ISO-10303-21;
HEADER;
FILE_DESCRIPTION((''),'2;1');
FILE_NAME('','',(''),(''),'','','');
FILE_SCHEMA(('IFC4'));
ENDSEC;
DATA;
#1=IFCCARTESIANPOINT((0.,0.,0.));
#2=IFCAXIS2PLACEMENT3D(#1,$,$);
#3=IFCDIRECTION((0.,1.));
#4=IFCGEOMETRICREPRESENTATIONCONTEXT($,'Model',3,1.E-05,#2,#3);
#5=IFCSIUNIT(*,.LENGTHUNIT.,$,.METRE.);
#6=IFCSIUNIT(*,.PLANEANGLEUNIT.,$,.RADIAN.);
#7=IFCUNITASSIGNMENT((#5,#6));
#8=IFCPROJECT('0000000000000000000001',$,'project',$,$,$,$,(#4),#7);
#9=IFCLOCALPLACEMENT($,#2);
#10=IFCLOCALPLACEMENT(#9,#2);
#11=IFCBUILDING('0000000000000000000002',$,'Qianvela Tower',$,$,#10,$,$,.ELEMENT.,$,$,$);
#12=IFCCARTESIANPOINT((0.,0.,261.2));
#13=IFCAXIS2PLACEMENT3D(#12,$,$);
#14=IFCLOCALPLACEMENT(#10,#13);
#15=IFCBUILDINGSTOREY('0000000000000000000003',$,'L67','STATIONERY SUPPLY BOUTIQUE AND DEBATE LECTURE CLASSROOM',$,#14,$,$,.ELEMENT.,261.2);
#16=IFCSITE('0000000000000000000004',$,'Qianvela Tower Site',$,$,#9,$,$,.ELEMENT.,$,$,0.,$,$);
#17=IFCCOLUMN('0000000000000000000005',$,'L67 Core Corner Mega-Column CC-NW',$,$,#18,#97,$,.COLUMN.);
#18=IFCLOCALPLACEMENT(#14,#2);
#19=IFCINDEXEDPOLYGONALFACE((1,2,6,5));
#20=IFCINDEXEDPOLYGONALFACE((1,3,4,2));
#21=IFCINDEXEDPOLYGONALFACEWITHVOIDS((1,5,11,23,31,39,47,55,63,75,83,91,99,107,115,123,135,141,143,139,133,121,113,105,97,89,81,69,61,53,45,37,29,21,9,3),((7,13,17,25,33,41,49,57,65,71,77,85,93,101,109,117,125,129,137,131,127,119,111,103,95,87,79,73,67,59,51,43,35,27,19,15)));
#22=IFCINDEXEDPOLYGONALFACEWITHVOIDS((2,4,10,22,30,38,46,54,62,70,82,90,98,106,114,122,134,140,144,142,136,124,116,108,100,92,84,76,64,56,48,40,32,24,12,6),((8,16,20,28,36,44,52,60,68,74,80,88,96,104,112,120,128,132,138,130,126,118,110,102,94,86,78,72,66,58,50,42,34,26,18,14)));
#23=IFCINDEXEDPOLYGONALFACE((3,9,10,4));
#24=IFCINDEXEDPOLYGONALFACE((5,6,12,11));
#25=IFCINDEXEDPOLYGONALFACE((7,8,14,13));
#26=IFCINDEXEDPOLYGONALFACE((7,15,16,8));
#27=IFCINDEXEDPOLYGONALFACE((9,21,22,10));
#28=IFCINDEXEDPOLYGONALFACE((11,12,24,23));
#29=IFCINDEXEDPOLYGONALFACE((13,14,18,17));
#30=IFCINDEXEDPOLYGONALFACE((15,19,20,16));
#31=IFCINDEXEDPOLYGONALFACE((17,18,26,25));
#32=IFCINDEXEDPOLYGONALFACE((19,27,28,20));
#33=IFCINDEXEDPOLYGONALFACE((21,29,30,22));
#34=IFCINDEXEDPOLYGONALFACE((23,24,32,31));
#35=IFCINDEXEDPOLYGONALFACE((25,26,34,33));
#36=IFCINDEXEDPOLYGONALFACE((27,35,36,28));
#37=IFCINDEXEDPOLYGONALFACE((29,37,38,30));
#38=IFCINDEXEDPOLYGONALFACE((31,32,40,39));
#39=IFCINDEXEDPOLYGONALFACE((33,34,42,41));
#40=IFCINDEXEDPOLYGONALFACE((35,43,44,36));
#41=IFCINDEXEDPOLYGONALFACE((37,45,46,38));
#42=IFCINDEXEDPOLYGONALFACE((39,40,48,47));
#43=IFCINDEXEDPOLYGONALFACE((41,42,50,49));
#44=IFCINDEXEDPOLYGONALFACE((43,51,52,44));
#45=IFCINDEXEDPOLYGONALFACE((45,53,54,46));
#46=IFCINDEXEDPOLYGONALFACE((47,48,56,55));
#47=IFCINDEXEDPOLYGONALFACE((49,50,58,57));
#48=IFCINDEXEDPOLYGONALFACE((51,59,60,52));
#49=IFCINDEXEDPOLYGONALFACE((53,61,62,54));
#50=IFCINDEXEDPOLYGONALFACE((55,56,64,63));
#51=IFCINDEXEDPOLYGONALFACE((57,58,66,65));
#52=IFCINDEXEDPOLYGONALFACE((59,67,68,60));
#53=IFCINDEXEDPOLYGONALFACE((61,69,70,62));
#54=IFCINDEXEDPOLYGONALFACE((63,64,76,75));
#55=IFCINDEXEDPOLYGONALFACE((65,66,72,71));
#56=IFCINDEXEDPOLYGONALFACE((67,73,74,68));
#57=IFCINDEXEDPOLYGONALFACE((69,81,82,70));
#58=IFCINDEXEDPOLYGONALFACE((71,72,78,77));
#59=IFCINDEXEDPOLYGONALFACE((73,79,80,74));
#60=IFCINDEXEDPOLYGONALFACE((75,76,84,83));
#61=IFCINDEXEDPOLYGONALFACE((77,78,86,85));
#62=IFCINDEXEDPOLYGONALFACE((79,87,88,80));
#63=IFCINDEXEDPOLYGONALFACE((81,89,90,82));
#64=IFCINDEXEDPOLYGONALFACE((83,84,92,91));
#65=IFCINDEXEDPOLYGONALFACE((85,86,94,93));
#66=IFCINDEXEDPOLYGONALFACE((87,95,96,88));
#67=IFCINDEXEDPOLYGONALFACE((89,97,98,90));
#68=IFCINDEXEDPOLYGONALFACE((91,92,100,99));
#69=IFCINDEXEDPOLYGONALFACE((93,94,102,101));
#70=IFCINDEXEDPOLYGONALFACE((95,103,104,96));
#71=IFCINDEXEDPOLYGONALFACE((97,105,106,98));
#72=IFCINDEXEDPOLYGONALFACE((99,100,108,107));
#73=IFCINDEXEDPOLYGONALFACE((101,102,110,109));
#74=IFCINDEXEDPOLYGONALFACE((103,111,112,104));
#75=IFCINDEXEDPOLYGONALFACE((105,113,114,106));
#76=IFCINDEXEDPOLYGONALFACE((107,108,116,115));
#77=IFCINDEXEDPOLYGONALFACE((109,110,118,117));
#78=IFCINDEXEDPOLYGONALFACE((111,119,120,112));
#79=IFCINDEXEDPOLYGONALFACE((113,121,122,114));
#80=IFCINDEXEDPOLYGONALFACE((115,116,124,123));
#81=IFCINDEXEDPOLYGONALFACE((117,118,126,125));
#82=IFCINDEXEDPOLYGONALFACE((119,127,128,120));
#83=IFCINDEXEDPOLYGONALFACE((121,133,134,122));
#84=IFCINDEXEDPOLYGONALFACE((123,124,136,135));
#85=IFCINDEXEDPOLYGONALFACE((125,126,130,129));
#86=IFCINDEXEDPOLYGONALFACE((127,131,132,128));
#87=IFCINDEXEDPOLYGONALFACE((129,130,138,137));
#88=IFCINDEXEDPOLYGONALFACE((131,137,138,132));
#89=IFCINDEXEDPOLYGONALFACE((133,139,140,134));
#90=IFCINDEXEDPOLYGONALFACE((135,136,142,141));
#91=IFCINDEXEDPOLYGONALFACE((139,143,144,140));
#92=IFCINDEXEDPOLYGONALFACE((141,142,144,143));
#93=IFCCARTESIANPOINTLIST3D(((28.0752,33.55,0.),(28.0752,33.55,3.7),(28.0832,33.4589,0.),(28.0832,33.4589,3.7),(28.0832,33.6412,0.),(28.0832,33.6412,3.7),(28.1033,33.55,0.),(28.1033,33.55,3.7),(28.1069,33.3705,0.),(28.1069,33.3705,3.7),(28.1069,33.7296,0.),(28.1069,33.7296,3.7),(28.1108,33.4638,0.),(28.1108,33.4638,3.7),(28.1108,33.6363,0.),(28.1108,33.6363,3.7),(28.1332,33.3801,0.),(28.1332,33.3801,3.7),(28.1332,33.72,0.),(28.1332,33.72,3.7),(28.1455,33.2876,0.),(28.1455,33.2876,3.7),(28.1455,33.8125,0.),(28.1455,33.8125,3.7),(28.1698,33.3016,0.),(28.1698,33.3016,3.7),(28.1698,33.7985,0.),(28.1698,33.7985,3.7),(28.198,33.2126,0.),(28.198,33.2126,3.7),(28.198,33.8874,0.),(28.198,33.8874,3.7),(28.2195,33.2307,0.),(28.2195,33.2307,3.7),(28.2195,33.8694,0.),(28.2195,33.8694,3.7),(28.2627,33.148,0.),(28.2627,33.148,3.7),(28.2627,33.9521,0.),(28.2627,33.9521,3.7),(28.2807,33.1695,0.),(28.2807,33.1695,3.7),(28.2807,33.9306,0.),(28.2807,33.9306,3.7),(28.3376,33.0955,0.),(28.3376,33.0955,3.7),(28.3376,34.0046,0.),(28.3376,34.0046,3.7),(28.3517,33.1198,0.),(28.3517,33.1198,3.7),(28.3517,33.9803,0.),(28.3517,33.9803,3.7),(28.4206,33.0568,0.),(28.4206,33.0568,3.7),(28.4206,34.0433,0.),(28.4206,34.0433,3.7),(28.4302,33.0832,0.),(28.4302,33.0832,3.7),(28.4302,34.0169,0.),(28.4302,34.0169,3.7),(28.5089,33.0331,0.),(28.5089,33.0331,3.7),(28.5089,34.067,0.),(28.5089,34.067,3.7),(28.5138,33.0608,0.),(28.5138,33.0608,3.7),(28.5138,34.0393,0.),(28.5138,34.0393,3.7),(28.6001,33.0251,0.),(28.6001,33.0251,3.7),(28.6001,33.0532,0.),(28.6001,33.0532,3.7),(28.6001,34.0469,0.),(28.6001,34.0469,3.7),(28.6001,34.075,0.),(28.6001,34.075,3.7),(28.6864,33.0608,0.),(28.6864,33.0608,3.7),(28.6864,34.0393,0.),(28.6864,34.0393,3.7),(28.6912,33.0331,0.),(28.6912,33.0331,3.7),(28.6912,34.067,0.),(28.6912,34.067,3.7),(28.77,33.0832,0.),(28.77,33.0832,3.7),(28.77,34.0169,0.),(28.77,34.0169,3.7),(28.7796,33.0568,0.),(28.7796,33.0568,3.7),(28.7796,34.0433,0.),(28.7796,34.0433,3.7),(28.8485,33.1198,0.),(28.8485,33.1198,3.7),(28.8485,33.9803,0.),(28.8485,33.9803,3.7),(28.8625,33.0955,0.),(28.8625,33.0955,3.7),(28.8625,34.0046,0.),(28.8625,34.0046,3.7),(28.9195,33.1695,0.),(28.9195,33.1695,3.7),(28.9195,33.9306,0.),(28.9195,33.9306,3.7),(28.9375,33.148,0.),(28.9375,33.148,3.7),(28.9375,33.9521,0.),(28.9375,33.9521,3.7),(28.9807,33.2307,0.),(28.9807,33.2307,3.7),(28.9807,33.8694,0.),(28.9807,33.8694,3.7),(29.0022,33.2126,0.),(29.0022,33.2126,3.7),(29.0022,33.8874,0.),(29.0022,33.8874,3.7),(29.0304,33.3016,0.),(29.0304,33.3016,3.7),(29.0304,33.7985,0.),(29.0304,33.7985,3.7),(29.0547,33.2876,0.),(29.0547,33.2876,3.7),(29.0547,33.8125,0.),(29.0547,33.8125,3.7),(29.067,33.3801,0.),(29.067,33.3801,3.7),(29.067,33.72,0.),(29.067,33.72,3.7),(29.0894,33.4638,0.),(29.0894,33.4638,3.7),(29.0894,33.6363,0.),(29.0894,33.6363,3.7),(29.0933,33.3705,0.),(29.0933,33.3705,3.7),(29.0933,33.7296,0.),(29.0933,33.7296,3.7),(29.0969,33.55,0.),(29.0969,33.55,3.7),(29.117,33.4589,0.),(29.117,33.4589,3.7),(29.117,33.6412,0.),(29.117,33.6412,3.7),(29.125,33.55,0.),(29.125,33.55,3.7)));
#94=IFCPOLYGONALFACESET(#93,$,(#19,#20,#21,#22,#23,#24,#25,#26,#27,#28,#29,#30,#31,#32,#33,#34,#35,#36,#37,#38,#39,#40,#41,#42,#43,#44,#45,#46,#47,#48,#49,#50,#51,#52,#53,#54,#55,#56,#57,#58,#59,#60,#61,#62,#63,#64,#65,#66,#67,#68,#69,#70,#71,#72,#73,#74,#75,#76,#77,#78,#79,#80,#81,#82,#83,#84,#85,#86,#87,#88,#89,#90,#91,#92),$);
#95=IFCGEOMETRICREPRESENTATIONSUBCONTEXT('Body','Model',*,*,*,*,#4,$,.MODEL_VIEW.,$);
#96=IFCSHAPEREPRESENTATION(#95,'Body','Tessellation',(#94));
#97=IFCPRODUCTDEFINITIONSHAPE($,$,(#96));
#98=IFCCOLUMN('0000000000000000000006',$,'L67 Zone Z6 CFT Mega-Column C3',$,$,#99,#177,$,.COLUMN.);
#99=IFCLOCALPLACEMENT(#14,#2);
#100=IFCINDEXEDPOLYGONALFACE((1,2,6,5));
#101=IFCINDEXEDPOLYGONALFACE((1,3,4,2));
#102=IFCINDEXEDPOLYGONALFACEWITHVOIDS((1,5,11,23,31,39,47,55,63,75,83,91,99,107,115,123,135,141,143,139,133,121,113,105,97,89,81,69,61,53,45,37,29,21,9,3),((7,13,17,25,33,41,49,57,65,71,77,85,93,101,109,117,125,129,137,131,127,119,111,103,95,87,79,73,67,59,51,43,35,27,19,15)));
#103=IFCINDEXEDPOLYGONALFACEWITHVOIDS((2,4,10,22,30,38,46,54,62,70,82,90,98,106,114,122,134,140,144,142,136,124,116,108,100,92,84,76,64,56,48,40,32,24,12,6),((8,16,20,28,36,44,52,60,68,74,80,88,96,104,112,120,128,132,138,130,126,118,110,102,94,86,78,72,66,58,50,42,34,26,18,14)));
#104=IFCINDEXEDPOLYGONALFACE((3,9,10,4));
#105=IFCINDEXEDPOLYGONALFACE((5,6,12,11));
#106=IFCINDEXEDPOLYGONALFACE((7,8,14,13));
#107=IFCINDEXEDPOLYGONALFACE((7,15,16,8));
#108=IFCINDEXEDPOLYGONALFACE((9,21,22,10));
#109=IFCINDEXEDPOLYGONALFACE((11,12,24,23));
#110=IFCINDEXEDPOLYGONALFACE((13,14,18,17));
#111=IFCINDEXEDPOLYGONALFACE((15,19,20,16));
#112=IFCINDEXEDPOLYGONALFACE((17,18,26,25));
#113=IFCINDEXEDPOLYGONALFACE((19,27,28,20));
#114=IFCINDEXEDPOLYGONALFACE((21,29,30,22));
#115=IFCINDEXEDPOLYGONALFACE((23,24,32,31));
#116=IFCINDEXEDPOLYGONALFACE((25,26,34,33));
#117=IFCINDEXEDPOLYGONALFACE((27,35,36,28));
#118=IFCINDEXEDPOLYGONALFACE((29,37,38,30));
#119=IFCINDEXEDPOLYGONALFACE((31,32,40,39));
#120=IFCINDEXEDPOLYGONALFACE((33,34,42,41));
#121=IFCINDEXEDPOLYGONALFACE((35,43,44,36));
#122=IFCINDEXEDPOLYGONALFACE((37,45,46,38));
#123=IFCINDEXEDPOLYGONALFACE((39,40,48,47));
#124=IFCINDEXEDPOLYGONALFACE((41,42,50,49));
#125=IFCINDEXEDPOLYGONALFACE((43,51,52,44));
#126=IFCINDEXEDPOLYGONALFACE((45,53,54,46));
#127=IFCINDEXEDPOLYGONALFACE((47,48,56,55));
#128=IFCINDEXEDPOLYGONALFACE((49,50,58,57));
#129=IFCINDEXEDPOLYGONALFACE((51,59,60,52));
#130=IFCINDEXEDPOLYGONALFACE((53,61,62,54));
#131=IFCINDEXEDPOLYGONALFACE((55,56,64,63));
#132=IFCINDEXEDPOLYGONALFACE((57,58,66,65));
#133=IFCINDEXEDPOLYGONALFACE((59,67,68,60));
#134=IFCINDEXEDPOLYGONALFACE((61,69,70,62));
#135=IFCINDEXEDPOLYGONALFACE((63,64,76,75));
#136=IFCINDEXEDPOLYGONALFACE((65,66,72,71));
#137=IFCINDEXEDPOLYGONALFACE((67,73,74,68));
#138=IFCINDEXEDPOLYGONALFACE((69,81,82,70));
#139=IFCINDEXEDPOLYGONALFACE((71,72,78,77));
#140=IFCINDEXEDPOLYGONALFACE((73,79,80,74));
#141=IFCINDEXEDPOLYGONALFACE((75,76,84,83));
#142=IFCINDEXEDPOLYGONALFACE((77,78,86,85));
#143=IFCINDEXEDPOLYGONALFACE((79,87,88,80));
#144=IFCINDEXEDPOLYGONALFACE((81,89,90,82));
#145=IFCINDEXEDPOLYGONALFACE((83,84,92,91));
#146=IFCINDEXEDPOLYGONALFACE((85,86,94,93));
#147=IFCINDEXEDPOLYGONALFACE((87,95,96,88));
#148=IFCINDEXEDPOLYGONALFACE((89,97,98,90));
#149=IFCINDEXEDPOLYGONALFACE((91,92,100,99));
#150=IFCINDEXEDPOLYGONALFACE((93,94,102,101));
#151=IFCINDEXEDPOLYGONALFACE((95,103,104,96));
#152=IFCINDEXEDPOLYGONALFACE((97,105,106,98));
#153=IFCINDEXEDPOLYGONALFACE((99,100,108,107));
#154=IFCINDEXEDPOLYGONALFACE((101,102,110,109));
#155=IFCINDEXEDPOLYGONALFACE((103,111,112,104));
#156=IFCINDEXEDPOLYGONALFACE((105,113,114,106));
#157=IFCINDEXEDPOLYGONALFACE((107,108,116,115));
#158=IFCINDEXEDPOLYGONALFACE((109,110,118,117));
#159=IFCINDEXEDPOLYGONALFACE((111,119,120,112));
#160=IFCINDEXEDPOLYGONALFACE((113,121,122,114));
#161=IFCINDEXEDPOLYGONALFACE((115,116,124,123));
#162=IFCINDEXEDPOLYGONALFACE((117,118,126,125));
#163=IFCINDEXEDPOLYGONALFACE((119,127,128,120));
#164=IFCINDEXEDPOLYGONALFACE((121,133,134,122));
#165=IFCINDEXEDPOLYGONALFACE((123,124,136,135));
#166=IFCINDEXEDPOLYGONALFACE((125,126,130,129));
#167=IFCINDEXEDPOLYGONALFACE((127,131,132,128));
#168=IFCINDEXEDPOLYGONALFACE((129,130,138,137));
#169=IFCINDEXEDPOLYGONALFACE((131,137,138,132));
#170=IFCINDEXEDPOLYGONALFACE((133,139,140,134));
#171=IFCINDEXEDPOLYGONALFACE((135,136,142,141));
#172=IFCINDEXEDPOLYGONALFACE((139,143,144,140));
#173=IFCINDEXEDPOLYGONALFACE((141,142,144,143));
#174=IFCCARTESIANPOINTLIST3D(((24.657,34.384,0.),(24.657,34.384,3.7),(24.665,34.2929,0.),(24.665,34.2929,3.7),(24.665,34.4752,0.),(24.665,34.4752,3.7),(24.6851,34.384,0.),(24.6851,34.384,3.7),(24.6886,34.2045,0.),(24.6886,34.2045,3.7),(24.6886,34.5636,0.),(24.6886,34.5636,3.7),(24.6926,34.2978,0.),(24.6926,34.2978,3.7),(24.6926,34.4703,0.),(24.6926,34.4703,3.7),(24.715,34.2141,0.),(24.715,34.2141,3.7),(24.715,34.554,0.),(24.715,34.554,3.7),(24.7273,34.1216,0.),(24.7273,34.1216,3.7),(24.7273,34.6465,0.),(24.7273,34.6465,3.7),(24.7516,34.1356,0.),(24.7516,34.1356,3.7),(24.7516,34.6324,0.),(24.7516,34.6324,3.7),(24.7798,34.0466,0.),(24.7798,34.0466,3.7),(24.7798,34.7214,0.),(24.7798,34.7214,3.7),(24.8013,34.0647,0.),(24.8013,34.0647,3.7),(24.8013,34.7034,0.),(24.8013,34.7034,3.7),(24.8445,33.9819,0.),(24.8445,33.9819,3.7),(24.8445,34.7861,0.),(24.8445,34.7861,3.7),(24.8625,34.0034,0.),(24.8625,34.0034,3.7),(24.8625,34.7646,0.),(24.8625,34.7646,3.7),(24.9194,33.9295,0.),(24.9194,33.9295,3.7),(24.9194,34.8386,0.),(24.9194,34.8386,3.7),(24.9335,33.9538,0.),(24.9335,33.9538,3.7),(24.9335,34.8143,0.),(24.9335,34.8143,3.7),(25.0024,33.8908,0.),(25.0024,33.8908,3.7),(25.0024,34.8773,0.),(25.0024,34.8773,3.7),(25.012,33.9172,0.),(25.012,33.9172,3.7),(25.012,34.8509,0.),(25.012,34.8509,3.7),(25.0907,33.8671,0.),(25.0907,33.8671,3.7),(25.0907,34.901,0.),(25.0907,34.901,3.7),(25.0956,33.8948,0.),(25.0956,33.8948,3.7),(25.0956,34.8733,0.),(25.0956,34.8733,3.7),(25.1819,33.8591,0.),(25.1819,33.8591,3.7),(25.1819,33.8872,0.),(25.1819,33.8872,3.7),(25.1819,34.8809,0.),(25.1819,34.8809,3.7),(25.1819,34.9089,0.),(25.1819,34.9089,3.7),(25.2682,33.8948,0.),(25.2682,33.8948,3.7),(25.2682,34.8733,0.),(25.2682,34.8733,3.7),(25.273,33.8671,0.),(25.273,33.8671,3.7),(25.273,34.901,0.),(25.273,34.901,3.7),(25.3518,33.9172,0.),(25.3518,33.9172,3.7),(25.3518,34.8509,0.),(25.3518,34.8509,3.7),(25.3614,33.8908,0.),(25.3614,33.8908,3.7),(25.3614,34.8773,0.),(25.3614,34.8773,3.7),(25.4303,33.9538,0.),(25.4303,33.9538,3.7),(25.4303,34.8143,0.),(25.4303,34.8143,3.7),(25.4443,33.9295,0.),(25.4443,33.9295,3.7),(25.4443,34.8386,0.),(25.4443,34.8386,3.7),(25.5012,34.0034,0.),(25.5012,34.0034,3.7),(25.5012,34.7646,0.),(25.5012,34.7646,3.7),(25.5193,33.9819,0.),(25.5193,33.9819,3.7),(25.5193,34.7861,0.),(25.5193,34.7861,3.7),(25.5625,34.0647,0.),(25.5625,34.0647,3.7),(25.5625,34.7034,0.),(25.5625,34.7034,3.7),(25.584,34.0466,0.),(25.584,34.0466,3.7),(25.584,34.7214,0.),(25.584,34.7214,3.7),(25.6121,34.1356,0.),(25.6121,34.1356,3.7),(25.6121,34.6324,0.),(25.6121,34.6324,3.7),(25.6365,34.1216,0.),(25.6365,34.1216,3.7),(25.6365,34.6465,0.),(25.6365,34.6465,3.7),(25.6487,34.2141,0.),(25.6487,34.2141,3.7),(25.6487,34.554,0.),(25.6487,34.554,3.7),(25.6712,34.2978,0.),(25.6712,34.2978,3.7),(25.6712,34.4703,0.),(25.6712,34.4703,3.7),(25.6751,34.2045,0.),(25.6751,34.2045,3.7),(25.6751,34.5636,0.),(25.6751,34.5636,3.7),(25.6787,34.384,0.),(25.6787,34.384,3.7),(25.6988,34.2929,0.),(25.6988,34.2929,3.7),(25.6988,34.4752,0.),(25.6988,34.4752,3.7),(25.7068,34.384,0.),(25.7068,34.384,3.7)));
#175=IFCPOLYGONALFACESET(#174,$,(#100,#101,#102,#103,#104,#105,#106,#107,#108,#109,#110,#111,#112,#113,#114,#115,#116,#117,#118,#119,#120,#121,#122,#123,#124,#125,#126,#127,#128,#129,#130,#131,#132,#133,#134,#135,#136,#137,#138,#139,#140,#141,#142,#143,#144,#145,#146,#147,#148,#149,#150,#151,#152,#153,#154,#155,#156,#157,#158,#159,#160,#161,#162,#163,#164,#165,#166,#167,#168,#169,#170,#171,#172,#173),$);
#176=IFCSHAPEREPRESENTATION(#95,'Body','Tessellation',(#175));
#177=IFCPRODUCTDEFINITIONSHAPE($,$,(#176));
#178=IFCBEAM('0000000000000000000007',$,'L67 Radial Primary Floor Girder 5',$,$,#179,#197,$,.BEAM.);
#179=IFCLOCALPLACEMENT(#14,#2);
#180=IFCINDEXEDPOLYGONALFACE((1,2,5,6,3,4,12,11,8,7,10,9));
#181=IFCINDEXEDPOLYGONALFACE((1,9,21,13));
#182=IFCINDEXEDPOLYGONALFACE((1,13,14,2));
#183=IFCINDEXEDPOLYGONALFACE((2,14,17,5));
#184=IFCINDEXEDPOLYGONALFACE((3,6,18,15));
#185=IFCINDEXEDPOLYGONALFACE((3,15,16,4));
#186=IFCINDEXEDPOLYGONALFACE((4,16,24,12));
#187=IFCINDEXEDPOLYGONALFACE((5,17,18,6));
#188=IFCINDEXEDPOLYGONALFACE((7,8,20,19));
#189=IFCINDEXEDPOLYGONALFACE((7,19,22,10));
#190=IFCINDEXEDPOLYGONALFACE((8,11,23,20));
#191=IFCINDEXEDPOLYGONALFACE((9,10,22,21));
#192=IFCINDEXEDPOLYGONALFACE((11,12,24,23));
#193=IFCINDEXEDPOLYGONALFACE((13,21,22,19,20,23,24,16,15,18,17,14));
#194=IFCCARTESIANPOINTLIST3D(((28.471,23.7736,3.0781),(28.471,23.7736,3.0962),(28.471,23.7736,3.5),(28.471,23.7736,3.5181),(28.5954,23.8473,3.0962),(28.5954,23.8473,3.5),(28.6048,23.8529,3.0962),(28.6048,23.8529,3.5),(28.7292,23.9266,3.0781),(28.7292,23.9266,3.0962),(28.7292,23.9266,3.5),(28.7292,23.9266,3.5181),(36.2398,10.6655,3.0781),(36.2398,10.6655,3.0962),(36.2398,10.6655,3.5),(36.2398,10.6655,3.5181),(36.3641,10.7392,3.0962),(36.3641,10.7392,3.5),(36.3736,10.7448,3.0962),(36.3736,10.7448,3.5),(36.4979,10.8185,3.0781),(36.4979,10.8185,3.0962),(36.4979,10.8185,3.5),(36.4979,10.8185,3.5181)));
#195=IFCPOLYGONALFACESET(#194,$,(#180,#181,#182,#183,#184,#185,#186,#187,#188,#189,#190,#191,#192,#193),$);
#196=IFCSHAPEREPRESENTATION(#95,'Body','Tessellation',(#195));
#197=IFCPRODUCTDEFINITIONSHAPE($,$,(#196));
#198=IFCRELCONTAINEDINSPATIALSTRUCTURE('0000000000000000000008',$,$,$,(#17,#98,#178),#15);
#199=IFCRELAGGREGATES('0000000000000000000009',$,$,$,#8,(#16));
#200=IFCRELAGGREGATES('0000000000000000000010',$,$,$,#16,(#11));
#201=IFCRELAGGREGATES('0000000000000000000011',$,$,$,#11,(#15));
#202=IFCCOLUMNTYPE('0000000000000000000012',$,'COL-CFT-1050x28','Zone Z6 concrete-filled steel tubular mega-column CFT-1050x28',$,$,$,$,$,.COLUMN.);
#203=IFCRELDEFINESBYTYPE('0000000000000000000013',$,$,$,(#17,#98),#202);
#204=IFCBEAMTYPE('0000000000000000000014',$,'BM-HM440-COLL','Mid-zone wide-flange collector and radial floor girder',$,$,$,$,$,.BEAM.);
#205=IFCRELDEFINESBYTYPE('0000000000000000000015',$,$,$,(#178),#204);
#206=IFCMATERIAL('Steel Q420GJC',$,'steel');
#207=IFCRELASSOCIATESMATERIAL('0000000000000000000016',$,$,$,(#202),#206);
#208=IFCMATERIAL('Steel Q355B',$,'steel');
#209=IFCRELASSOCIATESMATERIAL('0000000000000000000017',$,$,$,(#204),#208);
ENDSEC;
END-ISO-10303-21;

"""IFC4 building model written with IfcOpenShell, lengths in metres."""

from ifc_helpers import new_model, si_unit, direction, frame, origin, origin_2d, place, context, subcontext, project, spatial, hollow_circle, i_section, extrude, material, material_profile, profile_set, type_object, element, save


model = new_model("IFC4")

# Units and contexts
model_context = context("Model", 3, precision=1e-05, world=origin(), true_north=direction((0.0, 1.0)))
body_context = subcontext(model_context, "Body", "Model", "MODEL_VIEW")
ifc_project = project(units=[si_unit("LENGTHUNIT", "METRE"), si_unit("PLANEANGLEUNIT", "RADIAN")], contexts=[model_context])

# Site, building, storey
site_placement = place(None, origin())
site = spatial("IfcSite", under=ifc_project, at=site_placement, Name="Qianvela Tower Site", CompositionType="ELEMENT", RefElevation=0.0)
building_placement = place(site_placement, origin())
building = spatial("IfcBuilding", under=site, at=building_placement, Name="Qianvela Tower", CompositionType="ELEMENT")
storey_placement = place(building_placement, frame((0.0, 0.0, 261.2)))
storey = spatial("IfcBuildingStorey", under=building, at=storey_placement, Name="L67", Description="STATIONERY SUPPLY BOUTIQUE AND DEBATE LECTURE CLASSROOM", CompositionType="ELEMENT", Elevation=261.2)

# Columns
ifc_material_1 = material(Name="Steel Q420GJC", Category="steel")
ifc_material_profile_1 = material_profile(ifc_material_1, hollow_circle(Radius=0.5249, WallThickness=0.0281, at=origin_2d()), Name="CFT-1050x28")
ifc_profile_set_1 = profile_set([ifc_material_profile_1], Name="Steel Q420GJC")
column_type = type_object("IfcColumnType", Name="COL-CFT-1050x28", Description="Zone Z6 concrete-filled steel tubular mega-column CFT-1050x28", PredefinedType="COLUMN", material=ifc_profile_set_1)
for number, where, z_axis, x_axis, name in (
    (1, (28.6001, 33.55, 0.0), (0.0, 0.0, 1.0), (1.0, 0.0, 0.0), "L67 Core Corner Mega-Column CC-NW"),
    (2, (25.1819, 34.384, 0.0), (0.0, 0.0, 1.0), (1.0, 0.0, 0.0), "L67 Zone Z6 CFT Mega-Column C3"),
):
    element("IfcColumn", number, at=place(storey_placement, frame(where, z_axis=z_axis, x_axis=x_axis)), inside=storey, type_object=column_type, Name=name, PredefinedType="COLUMN", context=body_context, shape_type="SweptSolid", body=[
        extrude(hollow_circle(Radius=0.5249, WallThickness=0.0281, at=origin_2d()), origin(), (0.0, 0.0, 1.0), 3.7),
    ])

# Beam
ifc_material_2 = material(Name="Steel Q355B", Category="steel")
ifc_material_profile_2 = material_profile(ifc_material_2, i_section(OverallWidth=0.3, OverallDepth=0.4399, WebThickness=0.011, FlangeThickness=0.0181, at=origin_2d()), Name="HM440x300x11x18")
ifc_profile_set_2 = profile_set([ifc_material_profile_2], Name="Steel Q355B")
beam_type_1 = type_object("IfcBeamType", Name="BM-HM440-COLL", Description="Mid-zone wide-flange collector and radial floor girder", PredefinedType="BEAM", material=ifc_profile_set_2)
beam_1_placement = place(storey_placement, frame((28.6001, 23.8501, 3.2981), z_axis=(0.509851, -0.860263, 0.0), x_axis=(0.860263, 0.509851, 0.0)))
element("IfcBeam", 3, at=beam_1_placement, inside=storey, type_object=beam_type_1, Name="L67 Radial Primary Floor Girder 5", PredefinedType="BEAM", context=body_context, shape_type="SweptSolid", body=[
    extrude(i_section(OverallWidth=0.3, OverallDepth=0.4399, WebThickness=0.011, FlangeThickness=0.0181, at=origin_2d()), origin(), (0.0, 0.0, 1.0), 15.2373),
])

save(model, "model.ifc")
